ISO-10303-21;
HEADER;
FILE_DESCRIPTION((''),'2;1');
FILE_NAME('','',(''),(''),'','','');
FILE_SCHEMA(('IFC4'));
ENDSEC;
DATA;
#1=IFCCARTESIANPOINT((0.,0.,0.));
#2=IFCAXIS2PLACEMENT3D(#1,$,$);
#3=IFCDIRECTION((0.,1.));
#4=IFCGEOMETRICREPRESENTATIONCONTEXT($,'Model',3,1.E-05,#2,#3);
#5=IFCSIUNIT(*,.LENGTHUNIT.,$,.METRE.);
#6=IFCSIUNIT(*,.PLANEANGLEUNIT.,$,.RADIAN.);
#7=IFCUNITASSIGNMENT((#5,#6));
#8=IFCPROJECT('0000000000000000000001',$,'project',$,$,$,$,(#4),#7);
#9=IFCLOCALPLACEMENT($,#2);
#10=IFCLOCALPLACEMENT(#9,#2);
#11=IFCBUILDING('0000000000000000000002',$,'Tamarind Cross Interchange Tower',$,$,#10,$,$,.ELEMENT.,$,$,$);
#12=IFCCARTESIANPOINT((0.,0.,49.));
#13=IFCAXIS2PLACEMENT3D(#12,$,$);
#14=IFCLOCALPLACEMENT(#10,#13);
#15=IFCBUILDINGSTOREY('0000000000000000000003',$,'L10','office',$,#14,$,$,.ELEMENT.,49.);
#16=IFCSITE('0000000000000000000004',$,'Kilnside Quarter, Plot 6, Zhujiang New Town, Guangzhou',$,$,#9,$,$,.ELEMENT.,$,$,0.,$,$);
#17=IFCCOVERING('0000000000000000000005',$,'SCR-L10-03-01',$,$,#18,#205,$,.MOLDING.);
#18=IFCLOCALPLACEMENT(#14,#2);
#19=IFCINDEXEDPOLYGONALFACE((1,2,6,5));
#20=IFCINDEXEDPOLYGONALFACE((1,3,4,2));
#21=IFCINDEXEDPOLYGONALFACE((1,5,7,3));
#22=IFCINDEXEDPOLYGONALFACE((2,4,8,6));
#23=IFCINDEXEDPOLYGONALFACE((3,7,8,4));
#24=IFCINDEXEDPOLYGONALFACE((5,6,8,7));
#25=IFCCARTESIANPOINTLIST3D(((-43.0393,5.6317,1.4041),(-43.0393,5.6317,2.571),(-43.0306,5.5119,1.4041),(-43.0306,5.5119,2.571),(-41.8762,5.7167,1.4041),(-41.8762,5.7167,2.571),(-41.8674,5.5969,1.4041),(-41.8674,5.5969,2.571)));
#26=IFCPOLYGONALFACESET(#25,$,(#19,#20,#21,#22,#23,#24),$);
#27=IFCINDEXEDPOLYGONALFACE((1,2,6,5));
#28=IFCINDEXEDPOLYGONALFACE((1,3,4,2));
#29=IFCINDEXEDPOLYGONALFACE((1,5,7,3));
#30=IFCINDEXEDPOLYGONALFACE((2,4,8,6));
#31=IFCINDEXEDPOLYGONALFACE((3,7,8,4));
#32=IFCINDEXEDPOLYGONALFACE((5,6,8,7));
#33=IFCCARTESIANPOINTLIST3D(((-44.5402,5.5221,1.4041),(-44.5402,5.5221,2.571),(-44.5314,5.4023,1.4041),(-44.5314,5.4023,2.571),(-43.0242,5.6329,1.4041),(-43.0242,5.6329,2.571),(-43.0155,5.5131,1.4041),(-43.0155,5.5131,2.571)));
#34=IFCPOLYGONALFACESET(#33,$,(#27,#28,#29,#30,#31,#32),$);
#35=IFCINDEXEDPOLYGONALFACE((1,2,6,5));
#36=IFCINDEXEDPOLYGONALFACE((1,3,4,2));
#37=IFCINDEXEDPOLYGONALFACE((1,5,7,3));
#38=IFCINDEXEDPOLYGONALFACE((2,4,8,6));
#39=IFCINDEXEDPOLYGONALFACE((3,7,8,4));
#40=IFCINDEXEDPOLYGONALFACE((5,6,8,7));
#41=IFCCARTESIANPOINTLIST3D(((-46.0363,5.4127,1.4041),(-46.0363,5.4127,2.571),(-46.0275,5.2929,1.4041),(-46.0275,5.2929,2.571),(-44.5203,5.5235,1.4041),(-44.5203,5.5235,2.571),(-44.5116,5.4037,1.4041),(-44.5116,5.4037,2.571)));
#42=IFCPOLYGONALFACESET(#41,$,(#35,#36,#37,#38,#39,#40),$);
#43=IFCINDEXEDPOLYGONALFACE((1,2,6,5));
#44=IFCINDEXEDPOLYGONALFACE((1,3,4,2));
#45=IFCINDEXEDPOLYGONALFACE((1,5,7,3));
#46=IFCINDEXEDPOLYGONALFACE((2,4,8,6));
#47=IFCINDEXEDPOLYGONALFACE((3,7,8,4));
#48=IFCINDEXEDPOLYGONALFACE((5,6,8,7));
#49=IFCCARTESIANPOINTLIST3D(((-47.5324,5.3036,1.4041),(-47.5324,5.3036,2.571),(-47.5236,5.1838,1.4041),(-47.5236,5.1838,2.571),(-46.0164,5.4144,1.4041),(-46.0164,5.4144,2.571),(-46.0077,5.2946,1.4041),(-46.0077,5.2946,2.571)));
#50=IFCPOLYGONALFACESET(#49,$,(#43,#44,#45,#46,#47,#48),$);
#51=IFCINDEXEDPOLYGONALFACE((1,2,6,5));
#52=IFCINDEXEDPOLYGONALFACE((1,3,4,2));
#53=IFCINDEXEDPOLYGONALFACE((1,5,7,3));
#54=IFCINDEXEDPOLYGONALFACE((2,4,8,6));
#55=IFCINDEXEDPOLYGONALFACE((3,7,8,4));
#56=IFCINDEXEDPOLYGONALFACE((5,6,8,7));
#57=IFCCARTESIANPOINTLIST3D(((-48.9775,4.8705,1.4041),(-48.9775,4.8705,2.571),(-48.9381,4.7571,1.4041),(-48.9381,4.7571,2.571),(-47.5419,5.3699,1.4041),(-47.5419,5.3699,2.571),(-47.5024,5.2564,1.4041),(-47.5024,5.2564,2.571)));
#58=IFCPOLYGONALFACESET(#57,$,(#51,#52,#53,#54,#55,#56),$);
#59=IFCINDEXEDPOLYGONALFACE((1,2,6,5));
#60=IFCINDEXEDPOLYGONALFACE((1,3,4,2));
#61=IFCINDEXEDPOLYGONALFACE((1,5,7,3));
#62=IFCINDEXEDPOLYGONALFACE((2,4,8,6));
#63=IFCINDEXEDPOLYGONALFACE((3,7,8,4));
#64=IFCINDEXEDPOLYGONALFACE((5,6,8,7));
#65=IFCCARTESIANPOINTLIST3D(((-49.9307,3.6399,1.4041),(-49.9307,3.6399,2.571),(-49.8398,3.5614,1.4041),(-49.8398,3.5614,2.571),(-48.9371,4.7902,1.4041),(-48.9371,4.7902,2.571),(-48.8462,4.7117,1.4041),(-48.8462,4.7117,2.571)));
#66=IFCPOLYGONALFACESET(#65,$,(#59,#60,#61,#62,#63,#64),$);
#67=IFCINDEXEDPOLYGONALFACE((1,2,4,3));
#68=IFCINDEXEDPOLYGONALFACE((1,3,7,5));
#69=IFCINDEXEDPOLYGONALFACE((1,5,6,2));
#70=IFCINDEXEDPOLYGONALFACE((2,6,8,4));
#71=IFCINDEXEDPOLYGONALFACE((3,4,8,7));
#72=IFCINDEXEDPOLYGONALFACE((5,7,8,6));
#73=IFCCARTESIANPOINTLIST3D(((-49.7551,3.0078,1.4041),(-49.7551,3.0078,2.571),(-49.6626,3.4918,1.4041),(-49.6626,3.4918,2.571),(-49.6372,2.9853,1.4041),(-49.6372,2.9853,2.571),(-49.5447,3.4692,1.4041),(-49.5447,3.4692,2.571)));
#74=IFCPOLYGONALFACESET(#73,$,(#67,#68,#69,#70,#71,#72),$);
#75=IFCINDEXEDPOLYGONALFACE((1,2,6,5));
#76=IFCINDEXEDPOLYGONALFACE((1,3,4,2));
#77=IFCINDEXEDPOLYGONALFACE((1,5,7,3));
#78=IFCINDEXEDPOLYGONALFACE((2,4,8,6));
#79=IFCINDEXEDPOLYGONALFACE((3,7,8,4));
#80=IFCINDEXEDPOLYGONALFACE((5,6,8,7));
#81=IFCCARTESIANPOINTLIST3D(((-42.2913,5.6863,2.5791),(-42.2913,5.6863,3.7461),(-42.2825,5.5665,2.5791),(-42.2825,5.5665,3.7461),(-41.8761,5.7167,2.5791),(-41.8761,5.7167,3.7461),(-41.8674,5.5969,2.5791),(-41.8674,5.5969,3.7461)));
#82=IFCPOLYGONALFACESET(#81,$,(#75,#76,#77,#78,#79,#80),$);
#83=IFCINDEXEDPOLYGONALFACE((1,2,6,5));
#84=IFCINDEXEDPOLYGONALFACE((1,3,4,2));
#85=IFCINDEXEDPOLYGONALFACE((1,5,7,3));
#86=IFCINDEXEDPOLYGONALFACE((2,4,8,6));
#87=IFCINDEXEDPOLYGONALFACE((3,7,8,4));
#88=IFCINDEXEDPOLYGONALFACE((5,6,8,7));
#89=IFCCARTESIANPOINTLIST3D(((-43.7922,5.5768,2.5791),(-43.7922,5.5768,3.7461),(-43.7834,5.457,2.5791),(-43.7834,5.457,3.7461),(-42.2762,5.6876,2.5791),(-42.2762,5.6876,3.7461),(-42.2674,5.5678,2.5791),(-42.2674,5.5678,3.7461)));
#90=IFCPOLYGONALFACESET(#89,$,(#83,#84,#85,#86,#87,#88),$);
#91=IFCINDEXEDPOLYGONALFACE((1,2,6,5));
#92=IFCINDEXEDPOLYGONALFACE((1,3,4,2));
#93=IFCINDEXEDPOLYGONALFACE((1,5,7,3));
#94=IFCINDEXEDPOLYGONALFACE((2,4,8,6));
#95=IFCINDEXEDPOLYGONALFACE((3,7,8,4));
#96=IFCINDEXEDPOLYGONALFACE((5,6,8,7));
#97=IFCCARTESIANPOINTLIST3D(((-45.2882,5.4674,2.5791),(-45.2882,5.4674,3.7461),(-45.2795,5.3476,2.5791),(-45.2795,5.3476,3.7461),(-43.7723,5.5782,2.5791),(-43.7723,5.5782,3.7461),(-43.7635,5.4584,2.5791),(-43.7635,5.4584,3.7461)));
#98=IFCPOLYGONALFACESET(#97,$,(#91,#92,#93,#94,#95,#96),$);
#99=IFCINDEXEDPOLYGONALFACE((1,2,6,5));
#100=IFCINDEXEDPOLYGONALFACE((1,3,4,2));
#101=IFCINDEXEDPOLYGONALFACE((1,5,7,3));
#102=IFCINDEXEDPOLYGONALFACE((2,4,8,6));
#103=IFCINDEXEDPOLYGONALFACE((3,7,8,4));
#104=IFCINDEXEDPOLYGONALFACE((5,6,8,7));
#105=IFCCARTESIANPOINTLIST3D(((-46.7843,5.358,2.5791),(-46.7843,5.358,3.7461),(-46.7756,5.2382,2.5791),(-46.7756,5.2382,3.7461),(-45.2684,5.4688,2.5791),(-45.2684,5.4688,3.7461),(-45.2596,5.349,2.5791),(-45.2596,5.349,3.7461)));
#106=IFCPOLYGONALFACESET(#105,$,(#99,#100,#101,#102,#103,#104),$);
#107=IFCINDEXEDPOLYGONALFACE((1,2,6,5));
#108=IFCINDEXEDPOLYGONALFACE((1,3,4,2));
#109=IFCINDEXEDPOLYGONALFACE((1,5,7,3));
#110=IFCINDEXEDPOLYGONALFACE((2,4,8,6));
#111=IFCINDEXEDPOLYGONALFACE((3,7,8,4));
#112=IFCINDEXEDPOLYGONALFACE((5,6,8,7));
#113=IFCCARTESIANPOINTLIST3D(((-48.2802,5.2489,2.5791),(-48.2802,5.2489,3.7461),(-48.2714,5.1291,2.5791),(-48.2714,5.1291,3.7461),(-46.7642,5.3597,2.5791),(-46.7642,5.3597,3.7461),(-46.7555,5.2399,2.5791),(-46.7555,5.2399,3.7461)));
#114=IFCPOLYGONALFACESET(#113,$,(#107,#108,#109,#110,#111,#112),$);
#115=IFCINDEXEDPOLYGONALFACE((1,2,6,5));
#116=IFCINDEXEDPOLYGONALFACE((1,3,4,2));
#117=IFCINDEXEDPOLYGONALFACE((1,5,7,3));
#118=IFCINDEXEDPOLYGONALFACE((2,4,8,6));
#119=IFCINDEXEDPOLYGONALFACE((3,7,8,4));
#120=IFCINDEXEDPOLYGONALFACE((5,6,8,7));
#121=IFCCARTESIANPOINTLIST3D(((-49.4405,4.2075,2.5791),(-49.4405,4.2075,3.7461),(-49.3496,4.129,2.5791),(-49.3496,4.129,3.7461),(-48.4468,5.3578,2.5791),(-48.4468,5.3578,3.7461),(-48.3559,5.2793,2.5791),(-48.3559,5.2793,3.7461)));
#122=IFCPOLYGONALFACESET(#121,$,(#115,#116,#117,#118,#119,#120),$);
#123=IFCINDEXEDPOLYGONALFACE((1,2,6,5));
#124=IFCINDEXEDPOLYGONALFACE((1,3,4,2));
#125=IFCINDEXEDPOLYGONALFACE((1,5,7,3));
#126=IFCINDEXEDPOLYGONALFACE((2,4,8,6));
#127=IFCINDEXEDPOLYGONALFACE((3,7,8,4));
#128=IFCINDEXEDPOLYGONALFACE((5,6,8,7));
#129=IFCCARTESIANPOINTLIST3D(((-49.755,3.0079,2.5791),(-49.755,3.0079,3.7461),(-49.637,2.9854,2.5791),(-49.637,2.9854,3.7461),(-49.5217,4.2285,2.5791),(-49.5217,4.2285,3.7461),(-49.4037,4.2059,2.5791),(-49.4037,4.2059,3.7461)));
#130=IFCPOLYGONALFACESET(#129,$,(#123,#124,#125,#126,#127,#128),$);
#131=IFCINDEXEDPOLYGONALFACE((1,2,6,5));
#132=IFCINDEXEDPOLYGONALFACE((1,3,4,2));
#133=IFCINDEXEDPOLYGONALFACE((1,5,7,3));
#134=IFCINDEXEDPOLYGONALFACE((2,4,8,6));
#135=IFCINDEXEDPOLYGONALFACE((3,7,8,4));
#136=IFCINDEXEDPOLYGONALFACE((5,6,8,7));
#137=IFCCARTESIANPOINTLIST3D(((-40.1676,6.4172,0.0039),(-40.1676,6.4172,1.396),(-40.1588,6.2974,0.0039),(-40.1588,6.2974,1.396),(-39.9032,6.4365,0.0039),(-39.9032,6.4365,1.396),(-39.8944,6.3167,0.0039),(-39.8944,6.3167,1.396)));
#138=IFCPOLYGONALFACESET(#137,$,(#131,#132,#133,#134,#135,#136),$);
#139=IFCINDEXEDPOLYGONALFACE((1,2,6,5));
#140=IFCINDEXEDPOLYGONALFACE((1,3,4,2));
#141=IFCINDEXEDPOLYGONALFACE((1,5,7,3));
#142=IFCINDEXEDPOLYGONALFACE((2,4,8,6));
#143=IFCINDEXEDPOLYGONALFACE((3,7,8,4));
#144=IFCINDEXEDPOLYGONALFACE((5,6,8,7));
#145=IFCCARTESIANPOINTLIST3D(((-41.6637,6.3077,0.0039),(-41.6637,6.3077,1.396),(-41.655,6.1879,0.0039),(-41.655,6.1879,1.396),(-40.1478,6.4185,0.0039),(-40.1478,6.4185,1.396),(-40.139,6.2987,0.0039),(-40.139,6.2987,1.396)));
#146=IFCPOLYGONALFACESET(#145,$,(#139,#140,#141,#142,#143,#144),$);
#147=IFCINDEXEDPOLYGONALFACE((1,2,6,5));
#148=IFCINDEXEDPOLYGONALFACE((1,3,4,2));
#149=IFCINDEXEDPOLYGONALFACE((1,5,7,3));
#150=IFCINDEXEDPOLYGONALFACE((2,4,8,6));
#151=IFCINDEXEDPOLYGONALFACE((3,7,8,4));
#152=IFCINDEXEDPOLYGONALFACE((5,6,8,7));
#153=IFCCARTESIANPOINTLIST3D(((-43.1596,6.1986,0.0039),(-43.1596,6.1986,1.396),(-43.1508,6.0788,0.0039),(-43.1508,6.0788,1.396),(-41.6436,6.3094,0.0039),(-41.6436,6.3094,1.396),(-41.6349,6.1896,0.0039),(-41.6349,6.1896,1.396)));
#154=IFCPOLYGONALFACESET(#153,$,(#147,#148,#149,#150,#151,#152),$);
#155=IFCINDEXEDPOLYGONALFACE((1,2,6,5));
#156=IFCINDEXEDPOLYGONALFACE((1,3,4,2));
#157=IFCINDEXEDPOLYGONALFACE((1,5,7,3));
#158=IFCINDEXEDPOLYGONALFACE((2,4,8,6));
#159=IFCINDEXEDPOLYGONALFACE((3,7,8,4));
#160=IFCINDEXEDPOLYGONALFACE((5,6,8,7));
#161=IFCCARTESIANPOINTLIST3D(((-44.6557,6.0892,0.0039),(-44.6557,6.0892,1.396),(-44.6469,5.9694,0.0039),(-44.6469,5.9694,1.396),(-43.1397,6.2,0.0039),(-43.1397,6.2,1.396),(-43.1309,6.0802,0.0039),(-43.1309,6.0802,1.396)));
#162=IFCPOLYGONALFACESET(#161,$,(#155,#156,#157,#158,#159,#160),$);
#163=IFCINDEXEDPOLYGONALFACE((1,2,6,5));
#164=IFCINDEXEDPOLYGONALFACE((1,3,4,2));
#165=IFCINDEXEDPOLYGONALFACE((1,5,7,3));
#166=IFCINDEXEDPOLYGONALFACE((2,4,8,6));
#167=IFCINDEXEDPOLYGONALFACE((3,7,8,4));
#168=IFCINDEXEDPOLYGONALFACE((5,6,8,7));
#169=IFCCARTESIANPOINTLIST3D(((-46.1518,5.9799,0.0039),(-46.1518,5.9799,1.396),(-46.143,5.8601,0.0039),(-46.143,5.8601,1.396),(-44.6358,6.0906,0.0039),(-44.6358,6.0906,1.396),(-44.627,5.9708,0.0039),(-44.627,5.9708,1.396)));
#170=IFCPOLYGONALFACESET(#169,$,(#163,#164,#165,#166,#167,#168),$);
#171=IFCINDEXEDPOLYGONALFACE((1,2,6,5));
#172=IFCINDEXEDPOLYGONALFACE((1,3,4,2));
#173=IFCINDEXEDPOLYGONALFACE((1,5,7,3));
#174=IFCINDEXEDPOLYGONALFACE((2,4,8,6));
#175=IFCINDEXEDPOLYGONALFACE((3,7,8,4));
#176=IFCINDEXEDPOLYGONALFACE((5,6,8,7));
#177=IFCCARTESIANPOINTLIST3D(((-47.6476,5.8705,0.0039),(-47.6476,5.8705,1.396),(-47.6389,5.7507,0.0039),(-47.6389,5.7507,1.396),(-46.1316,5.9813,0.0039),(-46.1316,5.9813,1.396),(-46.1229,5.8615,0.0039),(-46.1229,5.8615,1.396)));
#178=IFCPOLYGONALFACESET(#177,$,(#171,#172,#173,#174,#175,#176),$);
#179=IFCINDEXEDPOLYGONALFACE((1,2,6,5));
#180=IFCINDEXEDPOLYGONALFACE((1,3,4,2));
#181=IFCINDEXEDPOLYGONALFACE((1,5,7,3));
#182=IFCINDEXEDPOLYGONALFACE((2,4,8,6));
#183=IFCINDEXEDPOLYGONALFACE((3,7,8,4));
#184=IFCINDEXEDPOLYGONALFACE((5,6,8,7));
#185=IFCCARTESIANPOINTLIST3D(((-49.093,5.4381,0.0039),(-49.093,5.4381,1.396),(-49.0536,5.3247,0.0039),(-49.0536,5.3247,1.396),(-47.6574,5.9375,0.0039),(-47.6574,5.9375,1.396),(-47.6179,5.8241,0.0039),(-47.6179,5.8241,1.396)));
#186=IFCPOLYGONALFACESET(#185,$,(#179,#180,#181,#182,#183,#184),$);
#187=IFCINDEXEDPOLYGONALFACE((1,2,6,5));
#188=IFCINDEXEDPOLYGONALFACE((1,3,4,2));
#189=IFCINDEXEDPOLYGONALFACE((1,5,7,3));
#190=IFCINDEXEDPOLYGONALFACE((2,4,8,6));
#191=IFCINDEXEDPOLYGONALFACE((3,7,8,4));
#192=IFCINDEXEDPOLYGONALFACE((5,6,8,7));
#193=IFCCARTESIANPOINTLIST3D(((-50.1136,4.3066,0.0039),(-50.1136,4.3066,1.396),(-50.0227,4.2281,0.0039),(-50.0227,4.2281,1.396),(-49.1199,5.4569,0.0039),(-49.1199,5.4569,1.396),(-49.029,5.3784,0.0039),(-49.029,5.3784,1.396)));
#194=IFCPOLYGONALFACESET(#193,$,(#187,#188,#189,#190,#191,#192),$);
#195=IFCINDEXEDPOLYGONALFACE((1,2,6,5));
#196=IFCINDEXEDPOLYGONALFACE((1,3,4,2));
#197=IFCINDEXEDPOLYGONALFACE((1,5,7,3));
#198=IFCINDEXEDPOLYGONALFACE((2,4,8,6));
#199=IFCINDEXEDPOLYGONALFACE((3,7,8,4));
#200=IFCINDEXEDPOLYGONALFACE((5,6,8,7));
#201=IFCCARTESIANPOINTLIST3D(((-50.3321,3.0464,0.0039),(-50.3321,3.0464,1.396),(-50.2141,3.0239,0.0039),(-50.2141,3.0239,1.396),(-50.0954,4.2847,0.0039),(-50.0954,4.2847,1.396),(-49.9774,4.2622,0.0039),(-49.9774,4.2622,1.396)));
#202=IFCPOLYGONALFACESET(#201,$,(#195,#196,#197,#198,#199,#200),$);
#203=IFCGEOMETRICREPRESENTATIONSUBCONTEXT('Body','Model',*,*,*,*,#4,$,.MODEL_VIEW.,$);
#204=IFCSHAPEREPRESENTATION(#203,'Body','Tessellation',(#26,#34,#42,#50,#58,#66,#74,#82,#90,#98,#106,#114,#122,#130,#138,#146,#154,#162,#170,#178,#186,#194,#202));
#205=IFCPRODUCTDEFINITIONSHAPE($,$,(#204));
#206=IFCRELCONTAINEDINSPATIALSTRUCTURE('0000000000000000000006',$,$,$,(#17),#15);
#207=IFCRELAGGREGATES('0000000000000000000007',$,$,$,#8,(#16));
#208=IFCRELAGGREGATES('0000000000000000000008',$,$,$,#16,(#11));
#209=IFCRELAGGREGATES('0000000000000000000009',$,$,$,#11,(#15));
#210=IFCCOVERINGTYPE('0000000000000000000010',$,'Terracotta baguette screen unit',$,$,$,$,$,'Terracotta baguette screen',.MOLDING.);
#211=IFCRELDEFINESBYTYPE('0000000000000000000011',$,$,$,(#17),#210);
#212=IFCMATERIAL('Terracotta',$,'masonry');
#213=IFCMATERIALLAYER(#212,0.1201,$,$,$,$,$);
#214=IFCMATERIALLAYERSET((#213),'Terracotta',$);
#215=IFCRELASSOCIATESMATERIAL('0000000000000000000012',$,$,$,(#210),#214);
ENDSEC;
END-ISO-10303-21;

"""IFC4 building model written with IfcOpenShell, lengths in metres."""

from ifc_helpers import new_model, si_unit, direction, frame, origin, origin_2d, place, context, subcontext, project, spatial, rectangle, extrude, material, layer, layer_set, type_object, element, save


model = new_model("IFC4")

# Units and contexts
model_context = context("Model", 3, precision=1e-05, world=origin(), true_north=direction((0.0, 1.0)))
body_context = subcontext(model_context, "Body", "Model", "MODEL_VIEW")
ifc_project = project(units=[si_unit("LENGTHUNIT", "METRE"), si_unit("PLANEANGLEUNIT", "RADIAN")], contexts=[model_context])

# Site, building, storey
site_placement = place(None, origin())
site = spatial("IfcSite", under=ifc_project, at=site_placement, Name="Kilnside Quarter, Plot 6, Zhujiang New Town, Guangzhou", CompositionType="ELEMENT", RefElevation=0.0)
building_placement = place(site_placement, origin())
building = spatial("IfcBuilding", under=site, at=building_placement, Name="Tamarind Cross Interchange Tower", CompositionType="ELEMENT")
storey_placement = place(building_placement, frame((0.0, 0.0, 49.0)))
storey = spatial("IfcBuildingStorey", under=building, at=storey_placement, Name="L10", Description="office", CompositionType="ELEMENT", Elevation=49.0)

# Covering
ifc_material_1 = material(Name="Terracotta", Category="masonry")
ifc_layer_1 = layer(ifc_material_1, 0.1201)
ifc_layer_set_1 = layer_set([ifc_layer_1], Name="Terracotta")
covering_type = type_object("IfcCoveringType", Name="Terracotta baguette screen unit", ElementType="Terracotta baguette screen", PredefinedType="MOLDING", material=ifc_layer_set_1)
covering_1_placement = place(storey_placement, origin())
element("IfcCovering", 1, at=covering_1_placement, inside=storey, type_object=covering_type, Name="SCR-L10-03-01", PredefinedType="MOLDING", context=body_context, shape_type="SweptSolid", body=[
    extrude(rectangle(XDim=1.1663, YDim=0.1201, at=origin_2d()), frame((-42.4534, 5.6143, 1.4041), z_axis=(0.0, 0.0, 1.0), x_axis=(-0.997341, -0.072876, 0.0)), (0.0, 0.0, 1.0), 1.167),
    extrude(rectangle(XDim=1.52, YDim=0.1201, at=origin_2d()), frame((-43.7778, 5.5176, 1.4041), z_axis=(0.0, 0.0, 1.0), x_axis=(-0.997341, -0.072876, 0.0)), (0.0, 0.0, 1.0), 1.167),
    extrude(rectangle(XDim=1.52, YDim=0.1201, at=origin_2d()), frame((-45.2739, 5.4082, 1.4041), z_axis=(0.0, 0.0, 1.0), x_axis=(-0.997341, -0.072876, 0.0)), (0.0, 0.0, 1.0), 1.167),
    extrude(rectangle(XDim=1.52, YDim=0.1201, at=origin_2d()), frame((-46.77, 5.2991, 1.4041), z_axis=(0.0, 0.0, 1.0), x_axis=(-0.997341, -0.072876, 0.0)), (0.0, 0.0, 1.0), 1.167),
    extrude(rectangle(XDim=1.52, YDim=0.1201, at=origin_2d()), frame((-48.24, 5.0635, 1.4041), z_axis=(0.0, 0.0, 1.0), x_axis=(-0.944496, -0.328524, 0.0)), (0.0, 0.0, 1.0), 1.167),
    extrude(rectangle(XDim=1.52, YDim=0.1201, at=origin_2d()), frame((-49.3884, 4.1758, 1.4041), z_axis=(0.0, 0.0, 1.0), x_axis=(-0.653695, -0.756758, 0.0)), (0.0, 0.0, 1.0), 1.167),
    extrude(rectangle(XDim=0.4927, YDim=0.1201, at=origin_2d()), frame((-49.6499, 3.2385, 1.4041), z_axis=(0.0, 0.0, 1.0), x_axis=(-0.187738, -0.982219, 0.0)), (0.0, 0.0, 1.0), 1.167),
    extrude(rectangle(XDim=0.4163, YDim=0.1201, at=origin_2d()), frame((-42.0793, 5.6416, 2.5791), z_axis=(0.0, 0.0, 1.0), x_axis=(-0.997341, -0.072876, 0.0)), (0.0, 0.0, 1.0), 1.167),
    extrude(rectangle(XDim=1.52, YDim=0.1201, at=origin_2d()), frame((-43.0298, 5.5723, 2.5791), z_axis=(0.0, 0.0, 1.0), x_axis=(-0.997341, -0.072876, 0.0)), (0.0, 0.0, 1.0), 1.167),
    extrude(rectangle(XDim=1.52, YDim=0.1201, at=origin_2d()), frame((-44.5259, 5.4629, 2.5791), z_axis=(0.0, 0.0, 1.0), x_axis=(-0.997341, -0.072876, 0.0)), (0.0, 0.0, 1.0), 1.167),
    extrude(rectangle(XDim=1.52, YDim=0.1201, at=origin_2d()), frame((-46.022, 5.3535, 2.5791), z_axis=(0.0, 0.0, 1.0), x_axis=(-0.997341, -0.072876, 0.0)), (0.0, 0.0, 1.0), 1.167),
    extrude(rectangle(XDim=1.52, YDim=0.1201, at=origin_2d()), frame((-47.5178, 5.2444, 2.5791), z_axis=(0.0, 0.0, 1.0), x_axis=(-0.997341, -0.072876, 0.0)), (0.0, 0.0, 1.0), 1.167),
    extrude(rectangle(XDim=1.52, YDim=0.1201, at=origin_2d()), frame((-48.8982, 4.7434, 2.5791), z_axis=(0.0, 0.0, 1.0), x_axis=(-0.653695, -0.756758, 0.0)), (0.0, 0.0, 1.0), 1.167),
    extrude(rectangle(XDim=1.2427, YDim=0.1201, at=origin_2d()), frame((-49.5793, 3.6069, 2.5791), z_axis=(0.0, 0.0, 1.0), x_axis=(-0.187738, -0.982219, 0.0)), (0.0, 0.0, 1.0), 1.167),
    extrude(rectangle(XDim=0.2651, YDim=0.1201, at=origin_2d()), frame((-40.031, 6.3669, 0.0039), z_axis=(0.0, 0.0, 1.0), x_axis=(-0.997341, -0.072876, 0.0)), (0.0, 0.0, 1.0), 1.3921),
    extrude(rectangle(XDim=1.52, YDim=0.1201, at=origin_2d()), frame((-40.9014, 6.3032, 0.0039), z_axis=(0.0, 0.0, 1.0), x_axis=(-0.997341, -0.072876, 0.0)), (0.0, 0.0, 1.0), 1.3921),
    extrude(rectangle(XDim=1.52, YDim=0.1201, at=origin_2d()), frame((-42.3972, 6.1941, 0.0039), z_axis=(0.0, 0.0, 1.0), x_axis=(-0.997341, -0.072876, 0.0)), (0.0, 0.0, 1.0), 1.3921),
    extrude(rectangle(XDim=1.52, YDim=0.1201, at=origin_2d()), frame((-43.8933, 6.0847, 0.0039), z_axis=(0.0, 0.0, 1.0), x_axis=(-0.997341, -0.072876, 0.0)), (0.0, 0.0, 1.0), 1.3921),
    extrude(rectangle(XDim=1.52, YDim=0.1201, at=origin_2d()), frame((-45.3894, 5.9753, 0.0039), z_axis=(0.0, 0.0, 1.0), x_axis=(-0.997341, -0.072876, 0.0)), (0.0, 0.0, 1.0), 1.3921),
    extrude(rectangle(XDim=1.52, YDim=0.1201, at=origin_2d()), frame((-46.8853, 5.866, 0.0039), z_axis=(0.0, 0.0, 1.0), x_axis=(-0.997341, -0.072876, 0.0)), (0.0, 0.0, 1.0), 1.3921),
    extrude(rectangle(XDim=1.52, YDim=0.1201, at=origin_2d()), frame((-48.3555, 5.6311, 0.0039), z_axis=(0.0, 0.0, 1.0), x_axis=(-0.944496, -0.328524, 0.0)), (0.0, 0.0, 1.0), 1.3921),
    extrude(rectangle(XDim=1.52, YDim=0.1201, at=origin_2d()), frame((-49.5713, 4.8425, 0.0039), z_axis=(0.0, 0.0, 1.0), x_axis=(-0.653695, -0.756758, 0.0)), (0.0, 0.0, 1.0), 1.3921),
    extrude(rectangle(XDim=1.2607, YDim=0.1201, at=origin_2d()), frame((-50.1548, 3.6543, 0.0039), z_axis=(0.0, 0.0, 1.0), x_axis=(-0.187738, -0.982219, 0.0)), (0.0, 0.0, 1.0), 1.3921),
])

save(model, "model.ifc")
